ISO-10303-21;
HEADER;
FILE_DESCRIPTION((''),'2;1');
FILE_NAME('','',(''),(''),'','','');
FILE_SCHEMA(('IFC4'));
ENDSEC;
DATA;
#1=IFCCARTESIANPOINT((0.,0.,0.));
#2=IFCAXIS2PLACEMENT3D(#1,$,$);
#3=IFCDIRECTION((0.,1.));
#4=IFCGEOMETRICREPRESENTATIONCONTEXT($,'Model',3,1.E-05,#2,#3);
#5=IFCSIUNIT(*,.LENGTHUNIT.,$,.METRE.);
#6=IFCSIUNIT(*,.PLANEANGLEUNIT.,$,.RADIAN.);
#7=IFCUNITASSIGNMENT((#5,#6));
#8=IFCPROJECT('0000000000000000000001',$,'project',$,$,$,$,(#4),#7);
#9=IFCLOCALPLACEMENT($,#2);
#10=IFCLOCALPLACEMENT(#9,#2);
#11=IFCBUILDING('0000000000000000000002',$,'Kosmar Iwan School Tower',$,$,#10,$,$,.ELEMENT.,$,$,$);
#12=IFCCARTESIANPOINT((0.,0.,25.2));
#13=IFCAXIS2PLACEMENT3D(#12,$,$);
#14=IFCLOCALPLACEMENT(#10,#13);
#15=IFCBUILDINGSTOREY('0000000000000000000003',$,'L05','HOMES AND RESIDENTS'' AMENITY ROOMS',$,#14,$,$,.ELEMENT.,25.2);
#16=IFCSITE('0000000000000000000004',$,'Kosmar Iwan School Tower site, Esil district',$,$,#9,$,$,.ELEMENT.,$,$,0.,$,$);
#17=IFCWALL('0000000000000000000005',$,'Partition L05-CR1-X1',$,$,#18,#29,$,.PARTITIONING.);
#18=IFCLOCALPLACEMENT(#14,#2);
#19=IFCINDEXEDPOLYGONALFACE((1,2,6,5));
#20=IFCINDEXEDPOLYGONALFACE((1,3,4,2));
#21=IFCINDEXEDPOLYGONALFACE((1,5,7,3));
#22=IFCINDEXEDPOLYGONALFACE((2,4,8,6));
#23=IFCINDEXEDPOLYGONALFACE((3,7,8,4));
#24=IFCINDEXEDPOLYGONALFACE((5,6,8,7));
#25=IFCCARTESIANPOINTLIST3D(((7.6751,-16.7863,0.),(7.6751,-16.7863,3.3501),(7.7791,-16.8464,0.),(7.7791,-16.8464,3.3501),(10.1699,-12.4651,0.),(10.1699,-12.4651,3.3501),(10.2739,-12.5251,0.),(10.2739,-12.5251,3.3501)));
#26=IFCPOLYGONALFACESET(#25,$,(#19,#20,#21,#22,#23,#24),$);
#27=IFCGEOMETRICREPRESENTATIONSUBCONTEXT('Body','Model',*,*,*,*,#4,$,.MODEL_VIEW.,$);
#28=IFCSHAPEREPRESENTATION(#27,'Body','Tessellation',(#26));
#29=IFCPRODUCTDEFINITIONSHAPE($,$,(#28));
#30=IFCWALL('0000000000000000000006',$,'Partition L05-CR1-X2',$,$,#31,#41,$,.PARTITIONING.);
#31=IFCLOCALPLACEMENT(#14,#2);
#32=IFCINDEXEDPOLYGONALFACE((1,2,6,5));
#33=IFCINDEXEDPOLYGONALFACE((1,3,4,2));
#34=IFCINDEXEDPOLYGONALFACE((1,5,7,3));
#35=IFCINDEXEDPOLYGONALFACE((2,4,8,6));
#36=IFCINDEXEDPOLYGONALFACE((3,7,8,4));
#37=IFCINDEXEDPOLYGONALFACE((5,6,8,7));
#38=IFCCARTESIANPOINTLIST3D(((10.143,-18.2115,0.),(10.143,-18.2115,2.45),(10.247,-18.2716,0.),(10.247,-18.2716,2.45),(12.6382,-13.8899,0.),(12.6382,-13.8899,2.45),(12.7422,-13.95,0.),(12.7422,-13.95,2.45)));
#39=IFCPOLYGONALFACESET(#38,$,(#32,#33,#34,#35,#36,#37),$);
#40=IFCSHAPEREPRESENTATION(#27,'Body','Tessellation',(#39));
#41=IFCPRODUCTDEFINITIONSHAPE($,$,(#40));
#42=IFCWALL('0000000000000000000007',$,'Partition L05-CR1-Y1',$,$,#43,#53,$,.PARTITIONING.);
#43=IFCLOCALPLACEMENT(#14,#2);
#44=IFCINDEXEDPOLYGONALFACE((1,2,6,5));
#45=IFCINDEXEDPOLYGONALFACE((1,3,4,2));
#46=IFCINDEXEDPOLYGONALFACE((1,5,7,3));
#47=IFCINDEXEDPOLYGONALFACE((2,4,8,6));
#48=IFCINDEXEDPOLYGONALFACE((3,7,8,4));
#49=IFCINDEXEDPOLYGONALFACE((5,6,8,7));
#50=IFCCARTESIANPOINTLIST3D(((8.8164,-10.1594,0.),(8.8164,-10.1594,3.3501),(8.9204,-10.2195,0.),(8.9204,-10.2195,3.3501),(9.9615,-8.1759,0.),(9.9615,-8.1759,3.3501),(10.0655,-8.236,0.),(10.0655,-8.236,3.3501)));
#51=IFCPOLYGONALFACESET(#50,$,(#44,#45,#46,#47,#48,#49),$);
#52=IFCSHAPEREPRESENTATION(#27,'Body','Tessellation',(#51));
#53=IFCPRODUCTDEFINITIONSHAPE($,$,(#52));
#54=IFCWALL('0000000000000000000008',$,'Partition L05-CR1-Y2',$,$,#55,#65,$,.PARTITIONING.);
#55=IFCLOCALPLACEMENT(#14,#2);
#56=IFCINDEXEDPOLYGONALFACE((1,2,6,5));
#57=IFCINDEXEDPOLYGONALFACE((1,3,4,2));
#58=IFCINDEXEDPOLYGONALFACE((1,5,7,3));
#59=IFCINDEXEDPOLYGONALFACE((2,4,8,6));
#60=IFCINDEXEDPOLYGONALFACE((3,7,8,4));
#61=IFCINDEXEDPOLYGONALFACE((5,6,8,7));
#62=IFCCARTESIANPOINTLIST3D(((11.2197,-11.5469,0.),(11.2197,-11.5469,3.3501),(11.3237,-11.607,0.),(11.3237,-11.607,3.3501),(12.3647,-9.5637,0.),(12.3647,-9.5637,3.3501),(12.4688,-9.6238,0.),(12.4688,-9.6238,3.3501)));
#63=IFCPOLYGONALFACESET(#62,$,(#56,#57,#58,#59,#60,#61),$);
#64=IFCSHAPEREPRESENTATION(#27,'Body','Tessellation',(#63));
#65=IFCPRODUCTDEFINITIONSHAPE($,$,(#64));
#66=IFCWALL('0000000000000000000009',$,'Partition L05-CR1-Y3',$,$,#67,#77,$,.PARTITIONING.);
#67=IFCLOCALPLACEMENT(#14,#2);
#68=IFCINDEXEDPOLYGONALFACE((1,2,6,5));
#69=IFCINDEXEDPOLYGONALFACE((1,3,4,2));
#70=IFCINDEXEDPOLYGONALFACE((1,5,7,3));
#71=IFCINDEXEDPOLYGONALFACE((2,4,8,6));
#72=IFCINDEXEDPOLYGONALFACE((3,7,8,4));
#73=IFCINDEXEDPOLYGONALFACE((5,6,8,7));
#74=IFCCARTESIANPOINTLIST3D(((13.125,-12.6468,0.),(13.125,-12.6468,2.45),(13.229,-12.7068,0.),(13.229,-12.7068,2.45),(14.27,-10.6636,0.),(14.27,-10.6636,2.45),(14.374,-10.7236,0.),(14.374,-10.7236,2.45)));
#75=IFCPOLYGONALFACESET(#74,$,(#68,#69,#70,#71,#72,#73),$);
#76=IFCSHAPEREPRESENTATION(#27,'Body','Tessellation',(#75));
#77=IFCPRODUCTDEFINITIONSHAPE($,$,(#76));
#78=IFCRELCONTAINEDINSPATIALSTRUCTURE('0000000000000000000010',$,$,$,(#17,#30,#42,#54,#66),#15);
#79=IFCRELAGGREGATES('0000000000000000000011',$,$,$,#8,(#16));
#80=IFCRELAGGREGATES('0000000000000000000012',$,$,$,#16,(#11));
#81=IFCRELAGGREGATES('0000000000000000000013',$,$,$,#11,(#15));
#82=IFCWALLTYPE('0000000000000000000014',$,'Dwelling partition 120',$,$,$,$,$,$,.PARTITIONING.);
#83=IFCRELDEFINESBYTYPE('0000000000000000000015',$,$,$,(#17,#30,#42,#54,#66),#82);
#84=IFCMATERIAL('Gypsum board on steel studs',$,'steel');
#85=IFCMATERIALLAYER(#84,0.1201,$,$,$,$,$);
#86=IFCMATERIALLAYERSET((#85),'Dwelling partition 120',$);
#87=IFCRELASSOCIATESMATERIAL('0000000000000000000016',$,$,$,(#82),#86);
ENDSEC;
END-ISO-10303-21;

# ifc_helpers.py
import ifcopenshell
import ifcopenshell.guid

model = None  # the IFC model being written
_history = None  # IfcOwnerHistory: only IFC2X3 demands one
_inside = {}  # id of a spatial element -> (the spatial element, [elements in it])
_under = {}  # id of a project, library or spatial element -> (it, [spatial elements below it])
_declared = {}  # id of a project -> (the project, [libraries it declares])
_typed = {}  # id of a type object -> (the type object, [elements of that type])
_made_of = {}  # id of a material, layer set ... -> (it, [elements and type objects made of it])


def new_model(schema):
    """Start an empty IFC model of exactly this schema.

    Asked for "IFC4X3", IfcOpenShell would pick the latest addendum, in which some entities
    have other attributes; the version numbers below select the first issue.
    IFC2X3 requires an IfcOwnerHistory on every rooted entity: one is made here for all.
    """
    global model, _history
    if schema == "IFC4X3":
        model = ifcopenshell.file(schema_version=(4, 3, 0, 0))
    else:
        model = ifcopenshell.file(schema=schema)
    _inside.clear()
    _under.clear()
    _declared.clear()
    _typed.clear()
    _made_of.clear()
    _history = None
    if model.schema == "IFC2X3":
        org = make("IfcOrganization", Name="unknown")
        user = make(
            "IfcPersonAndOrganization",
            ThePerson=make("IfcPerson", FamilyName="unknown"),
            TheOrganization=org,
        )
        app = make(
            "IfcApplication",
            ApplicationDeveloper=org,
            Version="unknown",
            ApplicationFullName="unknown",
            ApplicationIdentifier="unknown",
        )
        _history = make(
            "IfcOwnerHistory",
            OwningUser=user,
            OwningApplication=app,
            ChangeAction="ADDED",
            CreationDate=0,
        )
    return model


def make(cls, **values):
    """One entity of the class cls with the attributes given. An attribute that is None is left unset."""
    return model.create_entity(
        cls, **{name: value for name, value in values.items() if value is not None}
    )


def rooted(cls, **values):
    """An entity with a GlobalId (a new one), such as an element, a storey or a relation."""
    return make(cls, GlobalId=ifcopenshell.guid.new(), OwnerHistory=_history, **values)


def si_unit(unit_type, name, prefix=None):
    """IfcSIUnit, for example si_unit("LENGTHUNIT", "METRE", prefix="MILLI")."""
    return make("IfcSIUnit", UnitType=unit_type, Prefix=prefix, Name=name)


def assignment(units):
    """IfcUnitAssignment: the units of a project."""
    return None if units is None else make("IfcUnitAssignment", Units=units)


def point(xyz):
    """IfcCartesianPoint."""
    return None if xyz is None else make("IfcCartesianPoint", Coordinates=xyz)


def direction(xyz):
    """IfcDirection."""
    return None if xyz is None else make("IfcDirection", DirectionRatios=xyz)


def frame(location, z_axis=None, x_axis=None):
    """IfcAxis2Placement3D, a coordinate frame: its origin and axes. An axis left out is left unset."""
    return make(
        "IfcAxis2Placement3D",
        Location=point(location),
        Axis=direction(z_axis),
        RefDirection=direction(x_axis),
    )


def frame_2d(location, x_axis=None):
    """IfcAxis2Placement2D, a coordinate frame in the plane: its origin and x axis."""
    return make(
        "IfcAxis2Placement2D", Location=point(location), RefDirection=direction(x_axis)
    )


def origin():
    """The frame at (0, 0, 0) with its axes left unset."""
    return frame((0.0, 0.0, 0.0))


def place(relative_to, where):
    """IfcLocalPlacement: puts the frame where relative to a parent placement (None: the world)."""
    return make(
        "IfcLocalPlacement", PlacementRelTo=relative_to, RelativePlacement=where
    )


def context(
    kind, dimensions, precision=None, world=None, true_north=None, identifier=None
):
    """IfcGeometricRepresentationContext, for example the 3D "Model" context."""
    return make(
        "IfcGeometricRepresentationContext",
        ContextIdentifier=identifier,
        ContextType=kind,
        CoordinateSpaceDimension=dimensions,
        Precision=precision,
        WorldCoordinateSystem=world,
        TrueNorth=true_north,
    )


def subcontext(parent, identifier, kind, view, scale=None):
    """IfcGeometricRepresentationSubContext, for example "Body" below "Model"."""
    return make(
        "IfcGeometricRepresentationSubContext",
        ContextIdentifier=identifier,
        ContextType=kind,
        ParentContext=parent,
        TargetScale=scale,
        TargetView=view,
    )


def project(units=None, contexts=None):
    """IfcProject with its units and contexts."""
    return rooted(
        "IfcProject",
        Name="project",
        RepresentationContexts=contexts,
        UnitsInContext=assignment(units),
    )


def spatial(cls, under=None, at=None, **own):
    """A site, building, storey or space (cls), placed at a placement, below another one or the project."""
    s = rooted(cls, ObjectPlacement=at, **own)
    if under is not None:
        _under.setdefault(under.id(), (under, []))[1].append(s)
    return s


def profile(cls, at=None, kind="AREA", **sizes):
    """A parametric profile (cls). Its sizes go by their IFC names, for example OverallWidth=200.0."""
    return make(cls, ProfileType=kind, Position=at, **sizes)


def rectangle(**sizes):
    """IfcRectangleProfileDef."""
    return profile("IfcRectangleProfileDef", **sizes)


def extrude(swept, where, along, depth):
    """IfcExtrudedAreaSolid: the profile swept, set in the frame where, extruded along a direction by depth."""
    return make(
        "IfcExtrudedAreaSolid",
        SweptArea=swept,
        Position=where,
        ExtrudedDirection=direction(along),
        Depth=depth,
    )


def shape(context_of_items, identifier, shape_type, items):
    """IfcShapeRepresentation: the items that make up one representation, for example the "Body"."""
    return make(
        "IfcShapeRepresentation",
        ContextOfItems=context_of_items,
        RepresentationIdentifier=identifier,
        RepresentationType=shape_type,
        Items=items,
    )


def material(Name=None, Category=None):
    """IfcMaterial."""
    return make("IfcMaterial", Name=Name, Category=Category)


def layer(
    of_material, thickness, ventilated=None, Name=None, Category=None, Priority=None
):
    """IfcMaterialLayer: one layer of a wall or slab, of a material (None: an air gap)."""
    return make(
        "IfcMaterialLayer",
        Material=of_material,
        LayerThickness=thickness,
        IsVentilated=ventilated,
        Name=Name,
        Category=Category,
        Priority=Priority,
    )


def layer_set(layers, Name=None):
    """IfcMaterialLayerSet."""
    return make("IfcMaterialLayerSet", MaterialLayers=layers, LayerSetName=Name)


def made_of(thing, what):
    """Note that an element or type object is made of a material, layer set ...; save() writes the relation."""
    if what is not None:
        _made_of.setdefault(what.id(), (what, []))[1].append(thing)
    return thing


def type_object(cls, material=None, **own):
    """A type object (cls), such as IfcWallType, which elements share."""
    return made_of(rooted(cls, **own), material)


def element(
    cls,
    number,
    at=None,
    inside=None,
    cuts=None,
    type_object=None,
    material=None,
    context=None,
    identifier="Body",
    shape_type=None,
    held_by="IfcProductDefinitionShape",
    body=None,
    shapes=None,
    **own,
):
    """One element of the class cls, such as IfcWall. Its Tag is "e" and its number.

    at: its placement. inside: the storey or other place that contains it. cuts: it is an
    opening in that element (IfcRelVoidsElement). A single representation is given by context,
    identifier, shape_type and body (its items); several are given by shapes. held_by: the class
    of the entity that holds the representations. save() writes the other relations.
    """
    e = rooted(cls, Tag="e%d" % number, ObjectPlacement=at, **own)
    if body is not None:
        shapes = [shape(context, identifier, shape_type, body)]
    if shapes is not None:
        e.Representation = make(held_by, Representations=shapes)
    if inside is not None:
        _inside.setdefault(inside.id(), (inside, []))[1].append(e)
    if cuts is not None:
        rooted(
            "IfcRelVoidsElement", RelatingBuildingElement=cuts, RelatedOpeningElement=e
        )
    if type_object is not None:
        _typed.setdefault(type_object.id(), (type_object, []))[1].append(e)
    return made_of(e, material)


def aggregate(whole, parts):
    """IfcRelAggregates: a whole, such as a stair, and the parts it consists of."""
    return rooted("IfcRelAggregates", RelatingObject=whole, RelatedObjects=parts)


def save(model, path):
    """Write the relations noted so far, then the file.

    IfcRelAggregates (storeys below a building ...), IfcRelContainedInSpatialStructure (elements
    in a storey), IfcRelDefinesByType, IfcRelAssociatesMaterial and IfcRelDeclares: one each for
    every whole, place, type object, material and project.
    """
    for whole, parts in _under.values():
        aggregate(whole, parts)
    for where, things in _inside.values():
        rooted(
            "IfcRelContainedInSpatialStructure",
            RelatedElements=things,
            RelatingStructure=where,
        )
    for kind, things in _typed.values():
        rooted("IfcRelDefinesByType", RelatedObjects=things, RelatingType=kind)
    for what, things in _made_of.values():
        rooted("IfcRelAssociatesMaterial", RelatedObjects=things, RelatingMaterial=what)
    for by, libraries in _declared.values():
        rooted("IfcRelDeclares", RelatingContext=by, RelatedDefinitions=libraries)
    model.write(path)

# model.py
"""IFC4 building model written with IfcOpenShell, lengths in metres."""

from ifc_helpers import new_model, si_unit, direction, frame, frame_2d, origin, place, context, subcontext, project, spatial, rectangle, extrude, material, layer, layer_set, type_object, element, save


model = new_model("IFC4")

# Units and contexts
model_context = context("Model", 3, precision=1e-05, world=origin(), true_north=direction((0.0, 1.0)))
body_context = subcontext(model_context, "Body", "Model", "MODEL_VIEW")
ifc_project = project(units=[si_unit("LENGTHUNIT", "METRE"), si_unit("PLANEANGLEUNIT", "RADIAN")], contexts=[model_context])

# Site, building, storey
site_placement = place(None, origin())
site = spatial("IfcSite", under=ifc_project, at=site_placement, Name="Kosmar Iwan School Tower site, Esil district", CompositionType="ELEMENT", RefElevation=0.0)
building_placement = place(site_placement, origin())
building = spatial("IfcBuilding", under=site, at=building_placement, Name="Kosmar Iwan School Tower", CompositionType="ELEMENT")
storey_placement = place(building_placement, frame((0.0, 0.0, 25.2)))
storey = spatial("IfcBuildingStorey", under=building, at=storey_placement, Name="L05", Description="HOMES AND RESIDENTS' AMENITY ROOMS", CompositionType="ELEMENT", Elevation=25.2)

# Shared definitions
ifc_material_1 = material(Name="Gypsum board on steel studs", Category="steel")
ifc_layer_1 = layer(ifc_material_1, 0.1201)
ifc_layer_set_1 = layer_set([ifc_layer_1], Name="Dwelling partition 120")
wall_type_1 = type_object("IfcWallType", Name="Dwelling partition 120", PredefinedType="PARTITIONING", material=ifc_layer_set_1)

# Walls
wall_1_placement = place(storey_placement, frame((10.2219, -12.4951, 0.0), z_axis=(0.0, 0.0, 1.0), x_axis=(-0.499996, -0.866028, 0.0)))
element("IfcWall", 1, at=wall_1_placement, inside=storey, type_object=wall_type_1, Name="Partition L05-CR1-X1", PredefinedType="PARTITIONING", context=body_context, shape_type="SweptSolid", body=[
    extrude(rectangle(XDim=4.9897, YDim=0.1201, at=frame_2d((2.4949, 0.0))), origin(), (0.0, 0.0, 1.0), 3.3501),
])
wall_2_placement = place(storey_placement, frame((12.6902, -13.9199, 0.0), z_axis=(0.0, 0.0, 1.0), x_axis=(-0.500012, -0.866019, 0.0)))
element("IfcWall", 2, at=wall_2_placement, inside=storey, type_object=wall_type_1, Name="Partition L05-CR1-X2", PredefinedType="PARTITIONING", context=body_context, shape_type="SweptSolid", body=[
    extrude(rectangle(XDim=4.9902, YDim=0.1201, at=frame_2d((2.4951, 0.0))), origin(), (0.0, 0.0, 1.0), 2.45),
])
wall_3_placement = place(storey_placement, frame((10.0134, -8.2061, 0.0), z_axis=(0.0, 0.0, 1.0), x_axis=(-0.499969, -0.866044, 0.0)))
element("IfcWall", 3, at=wall_3_placement, inside=storey, type_object=wall_type_1, Name="Partition L05-CR1-Y1", PredefinedType="PARTITIONING", context=body_context, shape_type="SweptSolid", body=[
    extrude(rectangle(XDim=2.2903, YDim=0.1201, at=frame_2d((1.145, 0.0))), origin(), (0.0, 0.0, 1.0), 3.3501),
])
wall_4_placement = place(storey_placement, frame((12.4167, -9.5938, 0.0), z_axis=(0.0, 0.0, 1.0), x_axis=(-0.500015, -0.866017, 0.0)))
element("IfcWall", 4, at=wall_4_placement, inside=storey, type_object=wall_type_1, Name="Partition L05-CR1-Y2", PredefinedType="PARTITIONING", context=body_context, shape_type="SweptSolid", body=[
    extrude(rectangle(XDim=2.29, YDim=0.1201, at=frame_2d((1.145, 0.0))), origin(), (0.0, 0.0, 1.0), 3.3501),
])
wall_5_placement = place(storey_placement, frame((14.322, -10.6936, 0.0), z_axis=(0.0, 0.0, 1.0), x_axis=(-0.500015, -0.866017, 0.0)))
element("IfcWall", 5, at=wall_5_placement, inside=storey, type_object=wall_type_1, Name="Partition L05-CR1-Y3", PredefinedType="PARTITIONING", context=body_context, shape_type="SweptSolid", body=[
    extrude(rectangle(XDim=2.29, YDim=0.1201, at=frame_2d((1.145, 0.0))), origin(), (0.0, 0.0, 1.0), 2.45),
])

save(model, "model.ifc")
